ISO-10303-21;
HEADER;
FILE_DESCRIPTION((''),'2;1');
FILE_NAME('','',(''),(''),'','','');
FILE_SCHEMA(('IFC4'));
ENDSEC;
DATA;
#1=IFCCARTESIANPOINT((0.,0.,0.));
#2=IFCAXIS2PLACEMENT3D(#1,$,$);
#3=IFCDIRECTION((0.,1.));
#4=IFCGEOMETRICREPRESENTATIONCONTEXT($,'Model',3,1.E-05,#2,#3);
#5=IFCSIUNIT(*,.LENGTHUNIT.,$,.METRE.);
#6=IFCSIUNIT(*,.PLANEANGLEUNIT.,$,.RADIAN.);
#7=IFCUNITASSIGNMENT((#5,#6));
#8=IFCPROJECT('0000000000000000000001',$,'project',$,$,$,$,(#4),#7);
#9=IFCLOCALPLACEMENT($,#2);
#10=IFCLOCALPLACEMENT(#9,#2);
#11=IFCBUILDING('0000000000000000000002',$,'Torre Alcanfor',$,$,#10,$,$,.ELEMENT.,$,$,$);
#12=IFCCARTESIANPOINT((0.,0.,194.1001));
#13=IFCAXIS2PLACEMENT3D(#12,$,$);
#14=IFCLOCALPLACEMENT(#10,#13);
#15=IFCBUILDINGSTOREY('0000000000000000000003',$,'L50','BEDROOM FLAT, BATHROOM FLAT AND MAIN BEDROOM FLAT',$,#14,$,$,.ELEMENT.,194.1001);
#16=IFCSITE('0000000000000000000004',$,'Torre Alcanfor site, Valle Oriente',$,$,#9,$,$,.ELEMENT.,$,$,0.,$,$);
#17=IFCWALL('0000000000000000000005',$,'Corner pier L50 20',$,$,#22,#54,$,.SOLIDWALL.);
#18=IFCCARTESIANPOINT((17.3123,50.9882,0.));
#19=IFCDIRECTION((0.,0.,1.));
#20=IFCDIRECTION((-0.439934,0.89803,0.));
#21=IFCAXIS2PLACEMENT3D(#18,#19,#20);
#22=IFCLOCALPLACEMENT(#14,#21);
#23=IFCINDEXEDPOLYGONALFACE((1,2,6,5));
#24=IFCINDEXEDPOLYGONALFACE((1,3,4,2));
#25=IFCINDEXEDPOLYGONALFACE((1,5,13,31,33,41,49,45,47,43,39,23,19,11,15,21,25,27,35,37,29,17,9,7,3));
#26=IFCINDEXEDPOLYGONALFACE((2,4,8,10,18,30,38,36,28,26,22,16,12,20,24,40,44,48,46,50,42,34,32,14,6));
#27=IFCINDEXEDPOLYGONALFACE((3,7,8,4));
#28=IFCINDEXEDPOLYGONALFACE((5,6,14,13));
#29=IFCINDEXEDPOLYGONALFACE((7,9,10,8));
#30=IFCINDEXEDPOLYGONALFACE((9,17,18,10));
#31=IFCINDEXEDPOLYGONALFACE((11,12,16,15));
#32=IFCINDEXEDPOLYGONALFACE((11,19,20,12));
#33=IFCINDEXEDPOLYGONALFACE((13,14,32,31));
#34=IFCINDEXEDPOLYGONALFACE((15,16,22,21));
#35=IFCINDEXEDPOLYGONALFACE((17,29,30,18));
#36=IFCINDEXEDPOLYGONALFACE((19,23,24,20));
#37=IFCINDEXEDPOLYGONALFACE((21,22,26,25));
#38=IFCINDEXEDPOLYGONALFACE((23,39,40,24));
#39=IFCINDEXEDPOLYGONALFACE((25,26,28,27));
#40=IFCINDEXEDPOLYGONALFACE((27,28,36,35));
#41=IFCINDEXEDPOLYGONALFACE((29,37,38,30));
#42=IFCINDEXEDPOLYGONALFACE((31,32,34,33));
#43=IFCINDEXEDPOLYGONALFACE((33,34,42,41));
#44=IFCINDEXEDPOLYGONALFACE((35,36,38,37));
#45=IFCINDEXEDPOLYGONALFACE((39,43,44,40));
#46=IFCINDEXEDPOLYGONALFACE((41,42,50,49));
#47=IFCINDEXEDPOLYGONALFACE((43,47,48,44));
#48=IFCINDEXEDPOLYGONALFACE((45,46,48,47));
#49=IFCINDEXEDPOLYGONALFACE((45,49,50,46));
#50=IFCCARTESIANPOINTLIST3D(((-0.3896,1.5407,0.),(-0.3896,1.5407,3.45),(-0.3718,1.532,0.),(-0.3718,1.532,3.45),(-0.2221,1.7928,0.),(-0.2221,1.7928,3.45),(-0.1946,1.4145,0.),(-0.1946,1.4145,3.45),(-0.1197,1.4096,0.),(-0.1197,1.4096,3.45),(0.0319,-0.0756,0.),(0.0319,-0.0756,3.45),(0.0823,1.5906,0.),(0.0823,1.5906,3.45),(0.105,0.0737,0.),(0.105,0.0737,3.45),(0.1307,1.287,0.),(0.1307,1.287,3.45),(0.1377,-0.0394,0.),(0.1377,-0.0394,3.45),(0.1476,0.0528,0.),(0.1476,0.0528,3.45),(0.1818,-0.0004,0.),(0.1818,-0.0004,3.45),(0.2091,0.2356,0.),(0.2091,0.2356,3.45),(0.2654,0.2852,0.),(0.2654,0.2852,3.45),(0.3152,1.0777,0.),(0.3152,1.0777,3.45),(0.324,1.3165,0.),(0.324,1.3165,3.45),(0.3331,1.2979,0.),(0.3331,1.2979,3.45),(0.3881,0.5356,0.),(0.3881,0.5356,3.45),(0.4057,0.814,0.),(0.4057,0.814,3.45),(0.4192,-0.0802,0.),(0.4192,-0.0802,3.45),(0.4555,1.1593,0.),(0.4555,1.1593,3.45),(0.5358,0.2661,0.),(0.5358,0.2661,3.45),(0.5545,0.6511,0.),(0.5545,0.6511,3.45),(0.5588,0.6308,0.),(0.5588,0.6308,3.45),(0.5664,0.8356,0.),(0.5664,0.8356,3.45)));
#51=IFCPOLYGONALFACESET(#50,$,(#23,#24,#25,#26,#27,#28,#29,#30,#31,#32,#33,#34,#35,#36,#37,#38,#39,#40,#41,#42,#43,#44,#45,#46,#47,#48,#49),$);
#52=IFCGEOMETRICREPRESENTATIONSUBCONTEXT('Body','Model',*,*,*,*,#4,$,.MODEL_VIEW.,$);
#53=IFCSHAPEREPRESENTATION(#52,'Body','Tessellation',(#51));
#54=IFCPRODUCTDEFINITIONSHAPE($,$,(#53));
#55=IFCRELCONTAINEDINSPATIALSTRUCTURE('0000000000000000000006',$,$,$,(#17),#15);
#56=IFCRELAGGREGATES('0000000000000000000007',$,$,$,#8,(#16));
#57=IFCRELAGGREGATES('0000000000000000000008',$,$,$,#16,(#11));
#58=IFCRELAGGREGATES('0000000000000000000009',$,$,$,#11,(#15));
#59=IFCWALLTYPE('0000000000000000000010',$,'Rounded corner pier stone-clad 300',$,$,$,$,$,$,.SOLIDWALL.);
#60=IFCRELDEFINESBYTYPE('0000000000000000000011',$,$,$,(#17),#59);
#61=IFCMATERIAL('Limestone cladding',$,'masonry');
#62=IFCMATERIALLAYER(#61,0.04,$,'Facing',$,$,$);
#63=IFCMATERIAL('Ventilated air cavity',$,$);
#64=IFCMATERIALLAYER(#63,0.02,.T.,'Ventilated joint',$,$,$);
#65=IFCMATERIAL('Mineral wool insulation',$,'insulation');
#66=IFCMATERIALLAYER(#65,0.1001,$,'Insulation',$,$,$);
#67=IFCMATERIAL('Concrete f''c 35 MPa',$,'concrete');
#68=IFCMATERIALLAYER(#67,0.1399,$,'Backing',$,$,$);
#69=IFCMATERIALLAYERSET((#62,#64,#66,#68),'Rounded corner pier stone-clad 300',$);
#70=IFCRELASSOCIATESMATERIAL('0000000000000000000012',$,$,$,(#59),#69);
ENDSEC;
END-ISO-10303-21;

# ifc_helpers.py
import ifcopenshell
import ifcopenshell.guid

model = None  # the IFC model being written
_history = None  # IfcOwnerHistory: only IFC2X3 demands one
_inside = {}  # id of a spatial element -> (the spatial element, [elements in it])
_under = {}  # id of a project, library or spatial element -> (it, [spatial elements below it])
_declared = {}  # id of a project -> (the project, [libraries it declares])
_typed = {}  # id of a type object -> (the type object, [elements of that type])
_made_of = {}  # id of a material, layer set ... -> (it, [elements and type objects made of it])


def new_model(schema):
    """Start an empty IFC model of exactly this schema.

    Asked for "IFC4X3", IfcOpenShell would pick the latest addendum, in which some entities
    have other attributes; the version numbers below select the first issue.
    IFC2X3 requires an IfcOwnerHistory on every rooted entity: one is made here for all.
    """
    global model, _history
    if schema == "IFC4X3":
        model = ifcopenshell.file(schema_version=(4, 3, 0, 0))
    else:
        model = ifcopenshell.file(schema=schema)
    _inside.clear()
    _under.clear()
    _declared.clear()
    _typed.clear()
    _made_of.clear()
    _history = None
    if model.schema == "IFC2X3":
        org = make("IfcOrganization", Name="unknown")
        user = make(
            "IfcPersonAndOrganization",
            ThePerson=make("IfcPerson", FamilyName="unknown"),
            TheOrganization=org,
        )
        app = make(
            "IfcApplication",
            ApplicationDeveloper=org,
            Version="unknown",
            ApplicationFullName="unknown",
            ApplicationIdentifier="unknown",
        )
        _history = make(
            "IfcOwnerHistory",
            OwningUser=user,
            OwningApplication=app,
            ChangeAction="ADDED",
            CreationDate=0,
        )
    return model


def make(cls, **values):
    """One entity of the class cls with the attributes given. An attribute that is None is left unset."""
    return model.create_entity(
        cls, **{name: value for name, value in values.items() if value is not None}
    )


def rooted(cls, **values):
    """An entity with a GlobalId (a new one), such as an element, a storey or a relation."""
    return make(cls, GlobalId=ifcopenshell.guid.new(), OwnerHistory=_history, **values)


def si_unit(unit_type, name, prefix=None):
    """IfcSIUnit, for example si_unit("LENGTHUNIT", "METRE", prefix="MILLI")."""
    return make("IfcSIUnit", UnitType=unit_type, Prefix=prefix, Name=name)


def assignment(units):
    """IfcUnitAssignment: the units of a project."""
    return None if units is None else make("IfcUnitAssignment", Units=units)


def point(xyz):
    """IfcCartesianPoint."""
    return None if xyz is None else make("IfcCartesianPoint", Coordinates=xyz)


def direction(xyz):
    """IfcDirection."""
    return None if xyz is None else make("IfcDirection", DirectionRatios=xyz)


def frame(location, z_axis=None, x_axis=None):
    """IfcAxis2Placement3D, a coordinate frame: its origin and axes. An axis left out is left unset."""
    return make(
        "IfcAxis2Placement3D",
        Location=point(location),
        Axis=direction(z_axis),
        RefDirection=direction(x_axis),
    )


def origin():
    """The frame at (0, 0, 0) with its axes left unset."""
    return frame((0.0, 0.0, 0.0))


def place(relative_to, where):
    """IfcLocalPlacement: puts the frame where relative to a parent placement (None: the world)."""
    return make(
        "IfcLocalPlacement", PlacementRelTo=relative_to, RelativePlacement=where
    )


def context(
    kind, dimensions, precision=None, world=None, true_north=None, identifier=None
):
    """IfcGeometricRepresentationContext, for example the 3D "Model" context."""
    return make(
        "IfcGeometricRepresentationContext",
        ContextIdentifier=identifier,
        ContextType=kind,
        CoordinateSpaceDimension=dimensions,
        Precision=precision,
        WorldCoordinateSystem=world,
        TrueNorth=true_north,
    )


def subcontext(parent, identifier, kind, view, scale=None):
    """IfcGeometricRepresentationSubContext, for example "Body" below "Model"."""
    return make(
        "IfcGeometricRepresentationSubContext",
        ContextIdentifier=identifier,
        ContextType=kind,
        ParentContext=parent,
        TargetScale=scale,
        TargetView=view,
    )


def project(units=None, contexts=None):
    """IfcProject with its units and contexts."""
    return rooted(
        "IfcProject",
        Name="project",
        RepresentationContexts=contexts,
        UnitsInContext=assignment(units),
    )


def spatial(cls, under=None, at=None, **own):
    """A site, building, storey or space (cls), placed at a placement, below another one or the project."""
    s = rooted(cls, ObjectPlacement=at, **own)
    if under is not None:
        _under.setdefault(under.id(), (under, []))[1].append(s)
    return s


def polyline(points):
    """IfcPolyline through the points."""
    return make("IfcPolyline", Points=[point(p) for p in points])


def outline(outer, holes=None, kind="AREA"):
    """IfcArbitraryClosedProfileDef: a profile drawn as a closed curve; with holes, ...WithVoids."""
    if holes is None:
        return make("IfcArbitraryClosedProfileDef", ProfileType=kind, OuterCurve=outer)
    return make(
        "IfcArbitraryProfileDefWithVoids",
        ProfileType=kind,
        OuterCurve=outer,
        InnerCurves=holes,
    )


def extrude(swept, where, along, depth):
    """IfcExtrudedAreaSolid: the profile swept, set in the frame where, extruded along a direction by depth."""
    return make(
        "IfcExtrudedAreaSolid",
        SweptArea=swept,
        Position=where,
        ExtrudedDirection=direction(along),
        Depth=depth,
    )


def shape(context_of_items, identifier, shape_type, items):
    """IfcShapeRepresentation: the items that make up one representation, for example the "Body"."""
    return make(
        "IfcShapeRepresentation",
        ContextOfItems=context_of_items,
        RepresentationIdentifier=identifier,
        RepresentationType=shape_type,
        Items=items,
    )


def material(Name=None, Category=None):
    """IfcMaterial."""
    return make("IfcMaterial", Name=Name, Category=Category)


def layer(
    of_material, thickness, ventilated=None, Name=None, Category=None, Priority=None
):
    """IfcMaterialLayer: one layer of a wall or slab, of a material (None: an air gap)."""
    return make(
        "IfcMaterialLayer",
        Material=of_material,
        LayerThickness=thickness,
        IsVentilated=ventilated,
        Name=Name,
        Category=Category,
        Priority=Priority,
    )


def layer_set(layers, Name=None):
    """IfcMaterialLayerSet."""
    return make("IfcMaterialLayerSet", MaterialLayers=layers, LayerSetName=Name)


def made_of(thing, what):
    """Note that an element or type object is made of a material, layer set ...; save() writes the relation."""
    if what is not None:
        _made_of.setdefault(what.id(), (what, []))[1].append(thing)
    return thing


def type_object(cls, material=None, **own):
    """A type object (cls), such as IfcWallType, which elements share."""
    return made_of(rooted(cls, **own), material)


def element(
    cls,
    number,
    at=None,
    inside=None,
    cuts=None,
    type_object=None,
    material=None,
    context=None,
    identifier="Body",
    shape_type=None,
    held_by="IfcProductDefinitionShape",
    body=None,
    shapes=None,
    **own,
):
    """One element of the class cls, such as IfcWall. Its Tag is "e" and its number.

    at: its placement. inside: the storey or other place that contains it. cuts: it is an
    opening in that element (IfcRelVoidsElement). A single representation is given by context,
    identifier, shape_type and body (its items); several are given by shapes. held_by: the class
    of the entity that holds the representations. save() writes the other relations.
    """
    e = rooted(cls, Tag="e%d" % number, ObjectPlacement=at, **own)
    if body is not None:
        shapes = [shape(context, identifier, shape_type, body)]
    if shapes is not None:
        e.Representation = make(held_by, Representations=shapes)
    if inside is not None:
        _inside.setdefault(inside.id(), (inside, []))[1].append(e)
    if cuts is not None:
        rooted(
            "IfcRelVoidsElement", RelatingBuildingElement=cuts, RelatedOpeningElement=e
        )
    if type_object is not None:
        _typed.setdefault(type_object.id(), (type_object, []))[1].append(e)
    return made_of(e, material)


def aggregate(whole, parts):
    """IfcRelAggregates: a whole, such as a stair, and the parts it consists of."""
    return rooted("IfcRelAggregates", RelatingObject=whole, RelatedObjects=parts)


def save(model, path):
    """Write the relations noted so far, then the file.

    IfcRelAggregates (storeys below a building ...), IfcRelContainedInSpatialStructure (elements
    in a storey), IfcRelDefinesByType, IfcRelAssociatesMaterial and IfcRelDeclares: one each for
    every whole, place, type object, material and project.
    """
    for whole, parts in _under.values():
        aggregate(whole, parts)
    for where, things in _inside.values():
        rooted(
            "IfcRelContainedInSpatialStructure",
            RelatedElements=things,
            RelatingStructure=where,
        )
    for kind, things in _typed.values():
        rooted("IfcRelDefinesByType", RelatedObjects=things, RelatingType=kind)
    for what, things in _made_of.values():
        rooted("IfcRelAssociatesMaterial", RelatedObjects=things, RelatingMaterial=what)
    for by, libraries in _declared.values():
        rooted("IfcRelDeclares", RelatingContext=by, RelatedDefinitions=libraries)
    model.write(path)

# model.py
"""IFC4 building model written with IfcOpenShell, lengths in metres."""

from ifc_helpers import new_model, si_unit, direction, frame, origin, place, context, subcontext, project, spatial, polyline, outline, extrude, material, layer, layer_set, type_object, element, save


model = new_model("IFC4")

# Units and contexts
model_context = context("Model", 3, precision=1e-05, world=origin(), true_north=direction((0.0, 1.0)))
body_context = subcontext(model_context, "Body", "Model", "MODEL_VIEW")
ifc_project = project(units=[si_unit("LENGTHUNIT", "METRE"), si_unit("PLANEANGLEUNIT", "RADIAN")], contexts=[model_context])

# Site, building, storey
site_placement = place(None, origin())
site = spatial("IfcSite", under=ifc_project, at=site_placement, Name="Torre Alcanfor site, Valle Oriente", CompositionType="ELEMENT", RefElevation=0.0)
building_placement = place(site_placement, origin())
building = spatial("IfcBuilding", under=site, at=building_placement, Name="Torre Alcanfor", CompositionType="ELEMENT")
storey_placement = place(building_placement, frame((0.0, 0.0, 194.1001)))
storey = spatial("IfcBuildingStorey", under=building, at=storey_placement, Name="L50", Description="BEDROOM FLAT, BATHROOM FLAT AND MAIN BEDROOM FLAT", CompositionType="ELEMENT", Elevation=194.1001)

# Shared definitions
ifc_material_1 = material(Name="Limestone cladding", Category="masonry")
ifc_material_2 = material(Name="Ventilated air cavity")
ifc_material_3 = material(Name="Mineral wool insulation", Category="insulation")
ifc_material_4 = material(Name="Concrete f'c 35 MPa", Category="concrete")

# Wall
ifc_layer_1 = layer(ifc_material_1, 0.04, Name="Facing")
ifc_layer_2 = layer(ifc_material_2, 0.02, ventilated=True, Name="Ventilated joint")
ifc_layer_3 = layer(ifc_material_3, 0.1001, Name="Insulation")
ifc_layer_4 = layer(ifc_material_4, 0.1399, Name="Backing")
ifc_layer_set_1 = layer_set([ifc_layer_1, ifc_layer_2, ifc_layer_3, ifc_layer_4], Name="Rounded corner pier stone-clad 300")
wall_type_1 = type_object("IfcWallType", Name="Rounded corner pier stone-clad 300", PredefinedType="SOLIDWALL", material=ifc_layer_set_1)
wall_1_placement = place(storey_placement, frame((17.3123, 50.9882, 0.0), z_axis=(0.0, 0.0, 1.0), x_axis=(-0.439934, 0.89803, 0.0)))
element("IfcWall", 1, at=wall_1_placement, inside=storey, type_object=wall_type_1, Name="Corner pier L50 20", PredefinedType="SOLIDWALL", context=body_context, shape_type="SweptSolid", body=[
    extrude(outline(polyline([(0.1377, -0.0394), (0.1818, -0.0004), (0.4192, -0.0802), (0.5358, 0.2661), (0.5588, 0.6308), (0.5545, 0.6511), (0.5664, 0.8356), (0.4555, 1.1593), (0.3331, 1.2979), (0.324, 1.3165), (0.0823, 1.5906), (-0.2221, 1.7928), (-0.3896, 1.5407), (-0.3718, 1.532), (-0.1946, 1.4145), (-0.1197, 1.4096), (0.1307, 1.287), (0.3152, 1.0777), (0.4057, 0.814), (0.3881, 0.5356), (0.2654, 0.2852), (0.2091, 0.2356), (0.1476, 0.0528), (0.105, 0.0737), (0.0319, -0.0756), (0.1377, -0.0394)])), origin(), (0.0, 0.0, 1.0), 3.45),
])

save(model, "model.ifc")
